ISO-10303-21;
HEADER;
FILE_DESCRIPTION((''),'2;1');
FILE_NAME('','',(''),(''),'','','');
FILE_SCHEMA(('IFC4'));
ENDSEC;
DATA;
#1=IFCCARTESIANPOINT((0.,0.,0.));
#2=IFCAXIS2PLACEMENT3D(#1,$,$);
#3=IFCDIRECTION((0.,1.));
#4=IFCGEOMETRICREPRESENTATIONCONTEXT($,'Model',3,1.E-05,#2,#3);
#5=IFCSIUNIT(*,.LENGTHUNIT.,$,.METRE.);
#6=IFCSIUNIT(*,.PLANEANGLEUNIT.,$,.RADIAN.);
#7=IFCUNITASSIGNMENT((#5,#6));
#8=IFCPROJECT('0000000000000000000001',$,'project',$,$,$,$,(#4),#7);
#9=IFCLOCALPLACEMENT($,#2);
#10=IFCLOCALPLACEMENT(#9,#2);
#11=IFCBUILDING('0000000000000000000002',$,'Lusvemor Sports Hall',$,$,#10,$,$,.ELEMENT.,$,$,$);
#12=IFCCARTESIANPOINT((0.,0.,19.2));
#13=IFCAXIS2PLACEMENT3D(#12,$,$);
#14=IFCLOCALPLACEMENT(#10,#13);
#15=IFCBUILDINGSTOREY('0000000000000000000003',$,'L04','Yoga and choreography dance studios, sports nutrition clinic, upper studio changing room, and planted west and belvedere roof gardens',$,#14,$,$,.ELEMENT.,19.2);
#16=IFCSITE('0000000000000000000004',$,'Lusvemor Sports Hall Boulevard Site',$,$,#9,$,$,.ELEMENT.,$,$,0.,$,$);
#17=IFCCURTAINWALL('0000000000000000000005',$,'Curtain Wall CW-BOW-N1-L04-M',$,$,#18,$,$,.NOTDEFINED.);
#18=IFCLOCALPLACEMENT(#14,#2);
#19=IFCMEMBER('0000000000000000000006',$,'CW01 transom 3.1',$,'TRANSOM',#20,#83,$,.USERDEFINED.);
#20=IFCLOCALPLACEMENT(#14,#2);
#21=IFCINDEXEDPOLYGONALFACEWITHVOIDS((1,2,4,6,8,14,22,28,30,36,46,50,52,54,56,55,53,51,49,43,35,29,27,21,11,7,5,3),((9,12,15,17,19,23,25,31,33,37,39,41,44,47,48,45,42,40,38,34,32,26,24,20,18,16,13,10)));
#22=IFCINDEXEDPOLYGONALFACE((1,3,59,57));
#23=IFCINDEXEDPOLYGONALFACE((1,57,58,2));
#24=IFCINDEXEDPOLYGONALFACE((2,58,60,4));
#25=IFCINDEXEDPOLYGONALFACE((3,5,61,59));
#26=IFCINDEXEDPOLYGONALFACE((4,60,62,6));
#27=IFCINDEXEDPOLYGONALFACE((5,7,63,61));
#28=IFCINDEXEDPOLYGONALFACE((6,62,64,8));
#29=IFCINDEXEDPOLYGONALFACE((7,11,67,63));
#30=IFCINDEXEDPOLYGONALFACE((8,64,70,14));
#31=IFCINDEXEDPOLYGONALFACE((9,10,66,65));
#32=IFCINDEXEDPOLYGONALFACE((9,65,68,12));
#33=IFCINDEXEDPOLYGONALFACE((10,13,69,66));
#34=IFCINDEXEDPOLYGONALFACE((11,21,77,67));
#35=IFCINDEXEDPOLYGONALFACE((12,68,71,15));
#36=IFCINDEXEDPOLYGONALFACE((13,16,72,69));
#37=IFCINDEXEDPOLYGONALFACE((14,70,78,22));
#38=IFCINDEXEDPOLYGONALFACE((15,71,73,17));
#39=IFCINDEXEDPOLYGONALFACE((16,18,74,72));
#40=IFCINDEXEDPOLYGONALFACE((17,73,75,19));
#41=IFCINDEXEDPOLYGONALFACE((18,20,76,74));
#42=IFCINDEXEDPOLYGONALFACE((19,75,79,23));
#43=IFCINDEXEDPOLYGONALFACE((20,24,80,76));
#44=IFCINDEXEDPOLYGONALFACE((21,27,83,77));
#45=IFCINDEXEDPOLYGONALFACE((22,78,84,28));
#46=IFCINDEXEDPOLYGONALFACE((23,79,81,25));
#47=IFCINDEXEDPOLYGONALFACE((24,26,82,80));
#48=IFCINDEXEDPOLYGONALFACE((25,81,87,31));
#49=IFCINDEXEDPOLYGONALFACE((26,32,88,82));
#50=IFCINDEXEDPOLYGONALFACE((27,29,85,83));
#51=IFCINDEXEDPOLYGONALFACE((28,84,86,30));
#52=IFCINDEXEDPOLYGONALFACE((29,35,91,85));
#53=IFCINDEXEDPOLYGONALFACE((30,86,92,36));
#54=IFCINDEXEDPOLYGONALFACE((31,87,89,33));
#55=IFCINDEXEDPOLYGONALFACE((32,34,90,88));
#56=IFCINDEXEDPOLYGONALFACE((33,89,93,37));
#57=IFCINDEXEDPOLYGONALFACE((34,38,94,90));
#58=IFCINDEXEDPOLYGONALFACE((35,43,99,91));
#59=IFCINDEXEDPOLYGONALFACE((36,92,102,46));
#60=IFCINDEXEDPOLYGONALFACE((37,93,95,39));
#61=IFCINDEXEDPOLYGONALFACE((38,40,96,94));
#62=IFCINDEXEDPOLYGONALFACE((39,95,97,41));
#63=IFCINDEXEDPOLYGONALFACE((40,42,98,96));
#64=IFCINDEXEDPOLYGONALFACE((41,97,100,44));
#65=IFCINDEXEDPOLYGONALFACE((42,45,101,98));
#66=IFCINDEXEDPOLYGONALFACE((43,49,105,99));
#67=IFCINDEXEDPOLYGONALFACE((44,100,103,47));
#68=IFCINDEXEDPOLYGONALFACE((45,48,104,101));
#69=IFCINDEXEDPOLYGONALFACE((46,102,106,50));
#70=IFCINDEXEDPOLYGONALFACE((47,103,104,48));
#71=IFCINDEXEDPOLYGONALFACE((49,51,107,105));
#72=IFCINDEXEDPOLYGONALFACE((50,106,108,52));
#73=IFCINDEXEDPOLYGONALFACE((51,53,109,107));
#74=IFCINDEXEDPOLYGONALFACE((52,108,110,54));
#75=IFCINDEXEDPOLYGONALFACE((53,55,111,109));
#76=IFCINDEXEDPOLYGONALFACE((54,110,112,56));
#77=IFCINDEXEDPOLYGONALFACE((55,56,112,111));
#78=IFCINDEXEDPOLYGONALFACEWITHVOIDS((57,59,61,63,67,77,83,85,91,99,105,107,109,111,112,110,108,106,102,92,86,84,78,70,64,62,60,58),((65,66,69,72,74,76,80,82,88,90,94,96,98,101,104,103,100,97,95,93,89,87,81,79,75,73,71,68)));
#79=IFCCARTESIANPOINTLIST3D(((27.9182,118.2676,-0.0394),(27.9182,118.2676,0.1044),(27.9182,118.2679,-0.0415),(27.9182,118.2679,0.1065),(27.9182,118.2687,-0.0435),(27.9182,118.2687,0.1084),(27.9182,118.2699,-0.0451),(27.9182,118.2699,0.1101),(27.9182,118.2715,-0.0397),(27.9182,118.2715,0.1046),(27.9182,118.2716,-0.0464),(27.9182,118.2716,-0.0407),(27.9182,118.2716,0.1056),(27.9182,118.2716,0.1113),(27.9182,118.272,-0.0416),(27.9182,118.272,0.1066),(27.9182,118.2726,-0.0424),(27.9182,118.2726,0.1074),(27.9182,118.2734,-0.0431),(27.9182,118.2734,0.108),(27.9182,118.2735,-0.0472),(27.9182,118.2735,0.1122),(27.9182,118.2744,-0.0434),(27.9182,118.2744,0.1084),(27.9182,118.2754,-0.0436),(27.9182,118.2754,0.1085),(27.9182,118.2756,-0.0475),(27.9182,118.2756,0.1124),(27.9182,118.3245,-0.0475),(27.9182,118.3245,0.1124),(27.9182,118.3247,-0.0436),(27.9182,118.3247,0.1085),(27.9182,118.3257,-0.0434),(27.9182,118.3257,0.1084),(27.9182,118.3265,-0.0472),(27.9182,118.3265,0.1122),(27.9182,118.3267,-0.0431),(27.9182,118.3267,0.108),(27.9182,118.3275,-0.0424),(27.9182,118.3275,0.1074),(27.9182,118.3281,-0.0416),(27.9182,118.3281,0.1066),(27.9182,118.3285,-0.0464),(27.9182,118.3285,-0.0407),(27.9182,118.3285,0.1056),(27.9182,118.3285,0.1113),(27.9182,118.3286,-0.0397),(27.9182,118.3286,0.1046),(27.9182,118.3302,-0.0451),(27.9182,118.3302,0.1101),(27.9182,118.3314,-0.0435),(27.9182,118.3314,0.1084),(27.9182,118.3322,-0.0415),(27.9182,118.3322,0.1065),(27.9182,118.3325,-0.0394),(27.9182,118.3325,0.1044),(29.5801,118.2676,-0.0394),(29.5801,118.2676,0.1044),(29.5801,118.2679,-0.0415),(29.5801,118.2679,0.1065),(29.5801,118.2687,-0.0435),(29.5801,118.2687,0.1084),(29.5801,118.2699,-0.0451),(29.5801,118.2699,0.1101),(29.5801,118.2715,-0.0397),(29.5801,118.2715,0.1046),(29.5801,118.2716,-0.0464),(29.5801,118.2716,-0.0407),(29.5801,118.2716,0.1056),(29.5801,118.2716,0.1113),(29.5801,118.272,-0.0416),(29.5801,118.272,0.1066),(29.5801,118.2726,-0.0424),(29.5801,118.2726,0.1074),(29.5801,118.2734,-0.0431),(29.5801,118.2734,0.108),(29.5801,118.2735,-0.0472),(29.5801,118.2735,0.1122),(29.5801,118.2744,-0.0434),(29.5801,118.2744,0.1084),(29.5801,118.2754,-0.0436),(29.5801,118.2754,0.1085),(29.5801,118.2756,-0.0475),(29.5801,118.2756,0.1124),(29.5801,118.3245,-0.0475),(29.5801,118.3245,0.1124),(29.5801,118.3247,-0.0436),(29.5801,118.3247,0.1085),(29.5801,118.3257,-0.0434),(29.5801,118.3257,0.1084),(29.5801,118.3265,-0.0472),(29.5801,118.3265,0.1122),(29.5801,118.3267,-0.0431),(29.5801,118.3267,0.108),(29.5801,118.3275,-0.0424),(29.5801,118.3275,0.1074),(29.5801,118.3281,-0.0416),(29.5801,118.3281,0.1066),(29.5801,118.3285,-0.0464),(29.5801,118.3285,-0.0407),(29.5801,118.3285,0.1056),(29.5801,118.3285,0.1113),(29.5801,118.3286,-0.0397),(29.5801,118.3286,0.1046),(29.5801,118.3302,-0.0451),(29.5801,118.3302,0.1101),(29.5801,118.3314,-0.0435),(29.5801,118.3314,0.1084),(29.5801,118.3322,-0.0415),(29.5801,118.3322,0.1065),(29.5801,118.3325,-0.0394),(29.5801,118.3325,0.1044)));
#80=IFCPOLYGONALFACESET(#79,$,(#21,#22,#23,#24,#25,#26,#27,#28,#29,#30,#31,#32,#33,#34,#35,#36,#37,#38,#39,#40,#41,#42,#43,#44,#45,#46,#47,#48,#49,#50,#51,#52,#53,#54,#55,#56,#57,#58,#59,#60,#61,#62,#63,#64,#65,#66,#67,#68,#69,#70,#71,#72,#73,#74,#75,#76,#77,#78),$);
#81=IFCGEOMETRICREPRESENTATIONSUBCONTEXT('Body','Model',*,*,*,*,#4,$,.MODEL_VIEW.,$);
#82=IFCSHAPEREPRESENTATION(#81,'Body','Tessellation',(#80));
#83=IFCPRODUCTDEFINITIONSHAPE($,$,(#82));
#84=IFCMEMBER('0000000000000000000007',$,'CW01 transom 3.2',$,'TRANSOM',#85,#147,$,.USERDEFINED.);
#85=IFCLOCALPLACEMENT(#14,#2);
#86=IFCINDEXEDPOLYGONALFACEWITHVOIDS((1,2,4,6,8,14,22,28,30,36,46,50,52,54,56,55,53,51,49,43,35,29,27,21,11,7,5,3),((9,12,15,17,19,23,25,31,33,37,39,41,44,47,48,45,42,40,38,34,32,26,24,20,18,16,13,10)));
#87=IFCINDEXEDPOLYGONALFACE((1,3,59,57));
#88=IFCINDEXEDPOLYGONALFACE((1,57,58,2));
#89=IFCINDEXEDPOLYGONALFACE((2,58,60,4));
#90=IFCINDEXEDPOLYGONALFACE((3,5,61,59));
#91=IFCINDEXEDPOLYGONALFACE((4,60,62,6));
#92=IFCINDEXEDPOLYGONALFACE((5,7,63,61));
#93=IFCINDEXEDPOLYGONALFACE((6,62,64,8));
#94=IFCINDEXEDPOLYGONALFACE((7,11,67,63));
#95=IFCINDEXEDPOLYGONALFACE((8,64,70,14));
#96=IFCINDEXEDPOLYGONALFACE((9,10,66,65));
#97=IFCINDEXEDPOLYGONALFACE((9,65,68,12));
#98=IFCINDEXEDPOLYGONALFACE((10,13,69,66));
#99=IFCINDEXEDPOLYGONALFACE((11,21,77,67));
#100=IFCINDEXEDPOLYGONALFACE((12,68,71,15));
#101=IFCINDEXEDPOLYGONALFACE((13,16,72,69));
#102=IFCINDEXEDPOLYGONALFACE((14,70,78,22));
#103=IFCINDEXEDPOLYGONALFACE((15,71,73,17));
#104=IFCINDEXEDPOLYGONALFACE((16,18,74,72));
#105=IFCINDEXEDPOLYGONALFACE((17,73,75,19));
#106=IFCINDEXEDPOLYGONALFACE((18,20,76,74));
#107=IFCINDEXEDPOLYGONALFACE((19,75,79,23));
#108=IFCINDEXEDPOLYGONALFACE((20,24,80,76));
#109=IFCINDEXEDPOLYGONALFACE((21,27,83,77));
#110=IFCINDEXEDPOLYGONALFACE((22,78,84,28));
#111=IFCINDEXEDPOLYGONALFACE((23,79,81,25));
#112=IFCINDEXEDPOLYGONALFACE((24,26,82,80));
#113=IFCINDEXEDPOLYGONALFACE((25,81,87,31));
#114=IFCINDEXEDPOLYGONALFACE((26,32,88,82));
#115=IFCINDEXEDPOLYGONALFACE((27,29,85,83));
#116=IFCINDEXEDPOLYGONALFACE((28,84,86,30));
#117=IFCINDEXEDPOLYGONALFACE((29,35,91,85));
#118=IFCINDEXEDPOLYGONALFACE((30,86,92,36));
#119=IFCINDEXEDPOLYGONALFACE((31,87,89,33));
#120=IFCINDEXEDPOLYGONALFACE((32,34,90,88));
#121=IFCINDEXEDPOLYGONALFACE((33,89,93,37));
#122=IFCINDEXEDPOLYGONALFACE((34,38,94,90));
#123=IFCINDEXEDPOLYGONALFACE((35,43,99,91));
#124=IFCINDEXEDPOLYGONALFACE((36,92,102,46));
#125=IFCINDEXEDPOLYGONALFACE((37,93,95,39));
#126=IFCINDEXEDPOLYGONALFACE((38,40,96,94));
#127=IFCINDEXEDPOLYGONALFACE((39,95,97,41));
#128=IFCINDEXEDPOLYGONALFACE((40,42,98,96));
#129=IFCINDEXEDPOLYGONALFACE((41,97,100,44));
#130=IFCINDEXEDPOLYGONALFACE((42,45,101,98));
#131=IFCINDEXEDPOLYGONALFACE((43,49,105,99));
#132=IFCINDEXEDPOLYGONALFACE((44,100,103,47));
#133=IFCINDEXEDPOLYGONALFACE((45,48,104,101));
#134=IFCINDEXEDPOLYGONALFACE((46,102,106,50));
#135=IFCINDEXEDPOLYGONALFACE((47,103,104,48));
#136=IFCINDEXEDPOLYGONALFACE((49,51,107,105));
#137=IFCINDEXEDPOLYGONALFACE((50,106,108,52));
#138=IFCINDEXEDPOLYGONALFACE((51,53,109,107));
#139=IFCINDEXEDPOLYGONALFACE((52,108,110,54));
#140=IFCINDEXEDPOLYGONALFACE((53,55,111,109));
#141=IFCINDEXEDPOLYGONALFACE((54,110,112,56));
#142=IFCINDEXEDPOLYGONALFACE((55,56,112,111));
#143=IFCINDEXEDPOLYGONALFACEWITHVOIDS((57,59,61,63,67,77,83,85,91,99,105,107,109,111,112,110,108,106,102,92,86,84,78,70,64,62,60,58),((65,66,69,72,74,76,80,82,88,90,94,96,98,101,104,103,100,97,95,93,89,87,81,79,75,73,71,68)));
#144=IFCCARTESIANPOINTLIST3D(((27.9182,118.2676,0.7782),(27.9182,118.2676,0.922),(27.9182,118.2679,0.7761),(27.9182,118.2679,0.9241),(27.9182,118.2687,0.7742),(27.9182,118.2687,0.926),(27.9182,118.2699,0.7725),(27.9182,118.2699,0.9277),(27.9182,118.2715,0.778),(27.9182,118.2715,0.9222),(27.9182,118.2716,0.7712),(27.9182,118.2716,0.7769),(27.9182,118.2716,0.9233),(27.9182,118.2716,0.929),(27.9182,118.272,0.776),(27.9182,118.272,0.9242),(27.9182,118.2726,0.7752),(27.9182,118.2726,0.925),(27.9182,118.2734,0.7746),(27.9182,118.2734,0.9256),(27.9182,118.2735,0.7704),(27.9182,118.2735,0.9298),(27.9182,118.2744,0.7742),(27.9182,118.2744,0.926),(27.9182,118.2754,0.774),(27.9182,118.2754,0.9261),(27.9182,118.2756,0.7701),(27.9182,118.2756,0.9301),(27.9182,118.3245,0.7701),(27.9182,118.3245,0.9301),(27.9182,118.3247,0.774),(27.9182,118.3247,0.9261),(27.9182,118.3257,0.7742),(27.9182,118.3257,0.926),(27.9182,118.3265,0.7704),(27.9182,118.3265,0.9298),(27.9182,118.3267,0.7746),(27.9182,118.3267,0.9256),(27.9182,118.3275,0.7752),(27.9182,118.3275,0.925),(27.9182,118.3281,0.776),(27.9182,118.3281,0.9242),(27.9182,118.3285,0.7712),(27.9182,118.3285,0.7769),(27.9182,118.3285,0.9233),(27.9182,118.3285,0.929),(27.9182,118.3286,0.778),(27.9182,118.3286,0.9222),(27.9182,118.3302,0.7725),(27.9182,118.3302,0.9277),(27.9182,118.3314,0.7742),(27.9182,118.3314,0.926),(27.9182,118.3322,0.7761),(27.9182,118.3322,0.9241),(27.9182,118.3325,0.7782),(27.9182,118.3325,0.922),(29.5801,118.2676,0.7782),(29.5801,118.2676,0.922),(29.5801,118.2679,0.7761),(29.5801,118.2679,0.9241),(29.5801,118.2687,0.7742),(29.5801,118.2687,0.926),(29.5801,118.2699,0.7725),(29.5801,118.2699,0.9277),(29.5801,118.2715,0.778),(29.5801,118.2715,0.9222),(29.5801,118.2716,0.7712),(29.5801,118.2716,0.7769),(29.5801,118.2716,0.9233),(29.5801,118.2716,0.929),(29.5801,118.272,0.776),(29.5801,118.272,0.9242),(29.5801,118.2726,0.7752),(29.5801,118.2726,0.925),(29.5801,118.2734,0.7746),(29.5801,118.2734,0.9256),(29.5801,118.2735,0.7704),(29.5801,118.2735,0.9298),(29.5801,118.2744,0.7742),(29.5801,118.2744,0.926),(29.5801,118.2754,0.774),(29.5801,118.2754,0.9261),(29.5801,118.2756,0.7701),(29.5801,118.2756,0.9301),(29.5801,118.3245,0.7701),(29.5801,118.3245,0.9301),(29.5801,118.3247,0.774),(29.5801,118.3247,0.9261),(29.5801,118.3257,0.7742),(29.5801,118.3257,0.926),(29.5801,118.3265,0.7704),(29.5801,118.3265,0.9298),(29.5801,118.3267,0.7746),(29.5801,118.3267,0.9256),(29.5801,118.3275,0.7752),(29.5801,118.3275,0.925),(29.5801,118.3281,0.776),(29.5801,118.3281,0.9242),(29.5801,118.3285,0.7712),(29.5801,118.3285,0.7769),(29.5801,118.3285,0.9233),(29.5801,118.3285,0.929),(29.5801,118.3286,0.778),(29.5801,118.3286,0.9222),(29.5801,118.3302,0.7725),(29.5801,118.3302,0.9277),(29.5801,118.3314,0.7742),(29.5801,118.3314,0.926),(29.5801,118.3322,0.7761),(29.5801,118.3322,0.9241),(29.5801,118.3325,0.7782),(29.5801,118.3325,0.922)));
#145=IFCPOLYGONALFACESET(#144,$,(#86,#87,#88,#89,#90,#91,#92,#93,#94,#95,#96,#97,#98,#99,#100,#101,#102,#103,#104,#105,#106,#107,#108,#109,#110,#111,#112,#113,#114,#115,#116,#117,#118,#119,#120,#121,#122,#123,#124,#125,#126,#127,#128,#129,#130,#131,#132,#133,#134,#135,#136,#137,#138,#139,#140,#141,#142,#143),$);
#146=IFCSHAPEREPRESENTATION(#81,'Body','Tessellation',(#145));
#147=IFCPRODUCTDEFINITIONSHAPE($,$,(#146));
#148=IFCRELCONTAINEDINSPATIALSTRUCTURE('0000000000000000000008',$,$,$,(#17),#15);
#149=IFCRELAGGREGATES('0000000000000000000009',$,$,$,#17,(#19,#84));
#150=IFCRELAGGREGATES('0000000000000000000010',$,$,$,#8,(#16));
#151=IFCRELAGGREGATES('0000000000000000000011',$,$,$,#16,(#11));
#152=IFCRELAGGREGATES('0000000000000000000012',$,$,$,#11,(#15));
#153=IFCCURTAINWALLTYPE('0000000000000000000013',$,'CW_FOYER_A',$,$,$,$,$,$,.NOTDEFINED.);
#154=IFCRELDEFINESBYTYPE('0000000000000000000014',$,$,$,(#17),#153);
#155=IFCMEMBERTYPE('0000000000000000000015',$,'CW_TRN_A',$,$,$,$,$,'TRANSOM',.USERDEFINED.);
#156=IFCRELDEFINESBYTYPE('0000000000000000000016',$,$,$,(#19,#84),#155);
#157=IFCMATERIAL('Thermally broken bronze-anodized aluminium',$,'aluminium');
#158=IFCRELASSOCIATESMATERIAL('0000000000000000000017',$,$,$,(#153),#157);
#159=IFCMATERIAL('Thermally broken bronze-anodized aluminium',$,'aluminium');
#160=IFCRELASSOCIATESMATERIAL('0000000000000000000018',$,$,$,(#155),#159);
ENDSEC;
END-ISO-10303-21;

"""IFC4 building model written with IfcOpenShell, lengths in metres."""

from ifc_helpers import new_model, si_unit, direction, frame, origin, origin_2d, place, context, subcontext, project, spatial, hollow_rectangle, extrude, material, material_profile, profile_set, type_object, element, aggregate, save


model = new_model("IFC4")

# Units and contexts
model_context = context("Model", 3, precision=1e-05, world=origin(), true_north=direction((0.0, 1.0)))
body_context = subcontext(model_context, "Body", "Model", "MODEL_VIEW")
ifc_project = project(units=[si_unit("LENGTHUNIT", "METRE"), si_unit("PLANEANGLEUNIT", "RADIAN")], contexts=[model_context])

# Site, building, storey
site_placement = place(None, origin())
site = spatial("IfcSite", under=ifc_project, at=site_placement, Name="Lusvemor Sports Hall Boulevard Site", CompositionType="ELEMENT", RefElevation=0.0)
building_placement = place(site_placement, origin())
building = spatial("IfcBuilding", under=site, at=building_placement, Name="Lusvemor Sports Hall", CompositionType="ELEMENT")
storey_placement = place(building_placement, frame((0.0, 0.0, 19.2)))
storey = spatial("IfcBuildingStorey", under=building, at=storey_placement, Name="L04", Description="Yoga and choreography dance studios, sports nutrition clinic, upper studio changing room, and planted west and belvedere roof gardens", CompositionType="ELEMENT", Elevation=19.2)

# Curtain wall
ifc_material_1 = material(Name="Thermally broken bronze-anodized aluminium", Category="aluminium")
curtain_wall_type_1 = type_object("IfcCurtainWallType", Name="CW_FOYER_A", PredefinedType="NOTDEFINED", material=ifc_material_1)
curtain_wall_1_placement = place(storey_placement, origin())
curtain_wall_1 = element("IfcCurtainWall", 1, at=curtain_wall_1_placement, inside=storey, type_object=curtain_wall_type_1, Name="Curtain Wall CW-BOW-N1-L04-M", PredefinedType="NOTDEFINED")

# Members
ifc_material_2 = material(Name="Thermally broken bronze-anodized aluminium", Category="aluminium")
ifc_material_profile_1 = material_profile(ifc_material_2, hollow_rectangle(XDim=0.0649, YDim=0.1599, WallThickness=0.0039, InnerFilletRadius=0.0039, OuterFilletRadius=0.0081, at=origin_2d()), Name="CWTRN160x65x4")
ifc_profile_set_1 = profile_set([ifc_material_profile_1], Name="Thermally broken bronze-anodized aluminium")
member_type_1 = type_object("IfcMemberType", Name="CW_TRN_A", ElementType="TRANSOM", PredefinedType="USERDEFINED", material=ifc_profile_set_1)
member_1_placement = place(storey_placement, frame((27.9182, 118.3, 0.0325), z_axis=(1.0, 0.0, 0.0), x_axis=(0.0, 1.0, 0.0)))
member_1 = element("IfcMember", 2, at=member_1_placement, type_object=member_type_1, Name="CW01 transom 3.1", ObjectType="TRANSOM", PredefinedType="USERDEFINED", context=body_context, shape_type="SweptSolid", body=[
    extrude(hollow_rectangle(XDim=0.0649, YDim=0.1599, WallThickness=0.0039, InnerFilletRadius=0.0039, OuterFilletRadius=0.0081, at=origin_2d()), origin(), (0.0, 0.0, 1.0), 1.6619),
])
member_2_placement = place(storey_placement, frame((27.9182, 118.3, 0.8501), z_axis=(1.0, 0.0, 0.0), x_axis=(0.0, 1.0, 0.0)))
member_2 = element("IfcMember", 3, at=member_2_placement, type_object=member_type_1, Name="CW01 transom 3.2", ObjectType="TRANSOM", PredefinedType="USERDEFINED", context=body_context, shape_type="SweptSolid", body=[
    extrude(hollow_rectangle(XDim=0.0649, YDim=0.1599, WallThickness=0.0039, InnerFilletRadius=0.0039, OuterFilletRadius=0.0081, at=origin_2d()), origin(), (0.0, 0.0, 1.0), 1.6619),
])

aggregate(curtain_wall_1, [member_1, member_2])

save(model, "model.ifc")
